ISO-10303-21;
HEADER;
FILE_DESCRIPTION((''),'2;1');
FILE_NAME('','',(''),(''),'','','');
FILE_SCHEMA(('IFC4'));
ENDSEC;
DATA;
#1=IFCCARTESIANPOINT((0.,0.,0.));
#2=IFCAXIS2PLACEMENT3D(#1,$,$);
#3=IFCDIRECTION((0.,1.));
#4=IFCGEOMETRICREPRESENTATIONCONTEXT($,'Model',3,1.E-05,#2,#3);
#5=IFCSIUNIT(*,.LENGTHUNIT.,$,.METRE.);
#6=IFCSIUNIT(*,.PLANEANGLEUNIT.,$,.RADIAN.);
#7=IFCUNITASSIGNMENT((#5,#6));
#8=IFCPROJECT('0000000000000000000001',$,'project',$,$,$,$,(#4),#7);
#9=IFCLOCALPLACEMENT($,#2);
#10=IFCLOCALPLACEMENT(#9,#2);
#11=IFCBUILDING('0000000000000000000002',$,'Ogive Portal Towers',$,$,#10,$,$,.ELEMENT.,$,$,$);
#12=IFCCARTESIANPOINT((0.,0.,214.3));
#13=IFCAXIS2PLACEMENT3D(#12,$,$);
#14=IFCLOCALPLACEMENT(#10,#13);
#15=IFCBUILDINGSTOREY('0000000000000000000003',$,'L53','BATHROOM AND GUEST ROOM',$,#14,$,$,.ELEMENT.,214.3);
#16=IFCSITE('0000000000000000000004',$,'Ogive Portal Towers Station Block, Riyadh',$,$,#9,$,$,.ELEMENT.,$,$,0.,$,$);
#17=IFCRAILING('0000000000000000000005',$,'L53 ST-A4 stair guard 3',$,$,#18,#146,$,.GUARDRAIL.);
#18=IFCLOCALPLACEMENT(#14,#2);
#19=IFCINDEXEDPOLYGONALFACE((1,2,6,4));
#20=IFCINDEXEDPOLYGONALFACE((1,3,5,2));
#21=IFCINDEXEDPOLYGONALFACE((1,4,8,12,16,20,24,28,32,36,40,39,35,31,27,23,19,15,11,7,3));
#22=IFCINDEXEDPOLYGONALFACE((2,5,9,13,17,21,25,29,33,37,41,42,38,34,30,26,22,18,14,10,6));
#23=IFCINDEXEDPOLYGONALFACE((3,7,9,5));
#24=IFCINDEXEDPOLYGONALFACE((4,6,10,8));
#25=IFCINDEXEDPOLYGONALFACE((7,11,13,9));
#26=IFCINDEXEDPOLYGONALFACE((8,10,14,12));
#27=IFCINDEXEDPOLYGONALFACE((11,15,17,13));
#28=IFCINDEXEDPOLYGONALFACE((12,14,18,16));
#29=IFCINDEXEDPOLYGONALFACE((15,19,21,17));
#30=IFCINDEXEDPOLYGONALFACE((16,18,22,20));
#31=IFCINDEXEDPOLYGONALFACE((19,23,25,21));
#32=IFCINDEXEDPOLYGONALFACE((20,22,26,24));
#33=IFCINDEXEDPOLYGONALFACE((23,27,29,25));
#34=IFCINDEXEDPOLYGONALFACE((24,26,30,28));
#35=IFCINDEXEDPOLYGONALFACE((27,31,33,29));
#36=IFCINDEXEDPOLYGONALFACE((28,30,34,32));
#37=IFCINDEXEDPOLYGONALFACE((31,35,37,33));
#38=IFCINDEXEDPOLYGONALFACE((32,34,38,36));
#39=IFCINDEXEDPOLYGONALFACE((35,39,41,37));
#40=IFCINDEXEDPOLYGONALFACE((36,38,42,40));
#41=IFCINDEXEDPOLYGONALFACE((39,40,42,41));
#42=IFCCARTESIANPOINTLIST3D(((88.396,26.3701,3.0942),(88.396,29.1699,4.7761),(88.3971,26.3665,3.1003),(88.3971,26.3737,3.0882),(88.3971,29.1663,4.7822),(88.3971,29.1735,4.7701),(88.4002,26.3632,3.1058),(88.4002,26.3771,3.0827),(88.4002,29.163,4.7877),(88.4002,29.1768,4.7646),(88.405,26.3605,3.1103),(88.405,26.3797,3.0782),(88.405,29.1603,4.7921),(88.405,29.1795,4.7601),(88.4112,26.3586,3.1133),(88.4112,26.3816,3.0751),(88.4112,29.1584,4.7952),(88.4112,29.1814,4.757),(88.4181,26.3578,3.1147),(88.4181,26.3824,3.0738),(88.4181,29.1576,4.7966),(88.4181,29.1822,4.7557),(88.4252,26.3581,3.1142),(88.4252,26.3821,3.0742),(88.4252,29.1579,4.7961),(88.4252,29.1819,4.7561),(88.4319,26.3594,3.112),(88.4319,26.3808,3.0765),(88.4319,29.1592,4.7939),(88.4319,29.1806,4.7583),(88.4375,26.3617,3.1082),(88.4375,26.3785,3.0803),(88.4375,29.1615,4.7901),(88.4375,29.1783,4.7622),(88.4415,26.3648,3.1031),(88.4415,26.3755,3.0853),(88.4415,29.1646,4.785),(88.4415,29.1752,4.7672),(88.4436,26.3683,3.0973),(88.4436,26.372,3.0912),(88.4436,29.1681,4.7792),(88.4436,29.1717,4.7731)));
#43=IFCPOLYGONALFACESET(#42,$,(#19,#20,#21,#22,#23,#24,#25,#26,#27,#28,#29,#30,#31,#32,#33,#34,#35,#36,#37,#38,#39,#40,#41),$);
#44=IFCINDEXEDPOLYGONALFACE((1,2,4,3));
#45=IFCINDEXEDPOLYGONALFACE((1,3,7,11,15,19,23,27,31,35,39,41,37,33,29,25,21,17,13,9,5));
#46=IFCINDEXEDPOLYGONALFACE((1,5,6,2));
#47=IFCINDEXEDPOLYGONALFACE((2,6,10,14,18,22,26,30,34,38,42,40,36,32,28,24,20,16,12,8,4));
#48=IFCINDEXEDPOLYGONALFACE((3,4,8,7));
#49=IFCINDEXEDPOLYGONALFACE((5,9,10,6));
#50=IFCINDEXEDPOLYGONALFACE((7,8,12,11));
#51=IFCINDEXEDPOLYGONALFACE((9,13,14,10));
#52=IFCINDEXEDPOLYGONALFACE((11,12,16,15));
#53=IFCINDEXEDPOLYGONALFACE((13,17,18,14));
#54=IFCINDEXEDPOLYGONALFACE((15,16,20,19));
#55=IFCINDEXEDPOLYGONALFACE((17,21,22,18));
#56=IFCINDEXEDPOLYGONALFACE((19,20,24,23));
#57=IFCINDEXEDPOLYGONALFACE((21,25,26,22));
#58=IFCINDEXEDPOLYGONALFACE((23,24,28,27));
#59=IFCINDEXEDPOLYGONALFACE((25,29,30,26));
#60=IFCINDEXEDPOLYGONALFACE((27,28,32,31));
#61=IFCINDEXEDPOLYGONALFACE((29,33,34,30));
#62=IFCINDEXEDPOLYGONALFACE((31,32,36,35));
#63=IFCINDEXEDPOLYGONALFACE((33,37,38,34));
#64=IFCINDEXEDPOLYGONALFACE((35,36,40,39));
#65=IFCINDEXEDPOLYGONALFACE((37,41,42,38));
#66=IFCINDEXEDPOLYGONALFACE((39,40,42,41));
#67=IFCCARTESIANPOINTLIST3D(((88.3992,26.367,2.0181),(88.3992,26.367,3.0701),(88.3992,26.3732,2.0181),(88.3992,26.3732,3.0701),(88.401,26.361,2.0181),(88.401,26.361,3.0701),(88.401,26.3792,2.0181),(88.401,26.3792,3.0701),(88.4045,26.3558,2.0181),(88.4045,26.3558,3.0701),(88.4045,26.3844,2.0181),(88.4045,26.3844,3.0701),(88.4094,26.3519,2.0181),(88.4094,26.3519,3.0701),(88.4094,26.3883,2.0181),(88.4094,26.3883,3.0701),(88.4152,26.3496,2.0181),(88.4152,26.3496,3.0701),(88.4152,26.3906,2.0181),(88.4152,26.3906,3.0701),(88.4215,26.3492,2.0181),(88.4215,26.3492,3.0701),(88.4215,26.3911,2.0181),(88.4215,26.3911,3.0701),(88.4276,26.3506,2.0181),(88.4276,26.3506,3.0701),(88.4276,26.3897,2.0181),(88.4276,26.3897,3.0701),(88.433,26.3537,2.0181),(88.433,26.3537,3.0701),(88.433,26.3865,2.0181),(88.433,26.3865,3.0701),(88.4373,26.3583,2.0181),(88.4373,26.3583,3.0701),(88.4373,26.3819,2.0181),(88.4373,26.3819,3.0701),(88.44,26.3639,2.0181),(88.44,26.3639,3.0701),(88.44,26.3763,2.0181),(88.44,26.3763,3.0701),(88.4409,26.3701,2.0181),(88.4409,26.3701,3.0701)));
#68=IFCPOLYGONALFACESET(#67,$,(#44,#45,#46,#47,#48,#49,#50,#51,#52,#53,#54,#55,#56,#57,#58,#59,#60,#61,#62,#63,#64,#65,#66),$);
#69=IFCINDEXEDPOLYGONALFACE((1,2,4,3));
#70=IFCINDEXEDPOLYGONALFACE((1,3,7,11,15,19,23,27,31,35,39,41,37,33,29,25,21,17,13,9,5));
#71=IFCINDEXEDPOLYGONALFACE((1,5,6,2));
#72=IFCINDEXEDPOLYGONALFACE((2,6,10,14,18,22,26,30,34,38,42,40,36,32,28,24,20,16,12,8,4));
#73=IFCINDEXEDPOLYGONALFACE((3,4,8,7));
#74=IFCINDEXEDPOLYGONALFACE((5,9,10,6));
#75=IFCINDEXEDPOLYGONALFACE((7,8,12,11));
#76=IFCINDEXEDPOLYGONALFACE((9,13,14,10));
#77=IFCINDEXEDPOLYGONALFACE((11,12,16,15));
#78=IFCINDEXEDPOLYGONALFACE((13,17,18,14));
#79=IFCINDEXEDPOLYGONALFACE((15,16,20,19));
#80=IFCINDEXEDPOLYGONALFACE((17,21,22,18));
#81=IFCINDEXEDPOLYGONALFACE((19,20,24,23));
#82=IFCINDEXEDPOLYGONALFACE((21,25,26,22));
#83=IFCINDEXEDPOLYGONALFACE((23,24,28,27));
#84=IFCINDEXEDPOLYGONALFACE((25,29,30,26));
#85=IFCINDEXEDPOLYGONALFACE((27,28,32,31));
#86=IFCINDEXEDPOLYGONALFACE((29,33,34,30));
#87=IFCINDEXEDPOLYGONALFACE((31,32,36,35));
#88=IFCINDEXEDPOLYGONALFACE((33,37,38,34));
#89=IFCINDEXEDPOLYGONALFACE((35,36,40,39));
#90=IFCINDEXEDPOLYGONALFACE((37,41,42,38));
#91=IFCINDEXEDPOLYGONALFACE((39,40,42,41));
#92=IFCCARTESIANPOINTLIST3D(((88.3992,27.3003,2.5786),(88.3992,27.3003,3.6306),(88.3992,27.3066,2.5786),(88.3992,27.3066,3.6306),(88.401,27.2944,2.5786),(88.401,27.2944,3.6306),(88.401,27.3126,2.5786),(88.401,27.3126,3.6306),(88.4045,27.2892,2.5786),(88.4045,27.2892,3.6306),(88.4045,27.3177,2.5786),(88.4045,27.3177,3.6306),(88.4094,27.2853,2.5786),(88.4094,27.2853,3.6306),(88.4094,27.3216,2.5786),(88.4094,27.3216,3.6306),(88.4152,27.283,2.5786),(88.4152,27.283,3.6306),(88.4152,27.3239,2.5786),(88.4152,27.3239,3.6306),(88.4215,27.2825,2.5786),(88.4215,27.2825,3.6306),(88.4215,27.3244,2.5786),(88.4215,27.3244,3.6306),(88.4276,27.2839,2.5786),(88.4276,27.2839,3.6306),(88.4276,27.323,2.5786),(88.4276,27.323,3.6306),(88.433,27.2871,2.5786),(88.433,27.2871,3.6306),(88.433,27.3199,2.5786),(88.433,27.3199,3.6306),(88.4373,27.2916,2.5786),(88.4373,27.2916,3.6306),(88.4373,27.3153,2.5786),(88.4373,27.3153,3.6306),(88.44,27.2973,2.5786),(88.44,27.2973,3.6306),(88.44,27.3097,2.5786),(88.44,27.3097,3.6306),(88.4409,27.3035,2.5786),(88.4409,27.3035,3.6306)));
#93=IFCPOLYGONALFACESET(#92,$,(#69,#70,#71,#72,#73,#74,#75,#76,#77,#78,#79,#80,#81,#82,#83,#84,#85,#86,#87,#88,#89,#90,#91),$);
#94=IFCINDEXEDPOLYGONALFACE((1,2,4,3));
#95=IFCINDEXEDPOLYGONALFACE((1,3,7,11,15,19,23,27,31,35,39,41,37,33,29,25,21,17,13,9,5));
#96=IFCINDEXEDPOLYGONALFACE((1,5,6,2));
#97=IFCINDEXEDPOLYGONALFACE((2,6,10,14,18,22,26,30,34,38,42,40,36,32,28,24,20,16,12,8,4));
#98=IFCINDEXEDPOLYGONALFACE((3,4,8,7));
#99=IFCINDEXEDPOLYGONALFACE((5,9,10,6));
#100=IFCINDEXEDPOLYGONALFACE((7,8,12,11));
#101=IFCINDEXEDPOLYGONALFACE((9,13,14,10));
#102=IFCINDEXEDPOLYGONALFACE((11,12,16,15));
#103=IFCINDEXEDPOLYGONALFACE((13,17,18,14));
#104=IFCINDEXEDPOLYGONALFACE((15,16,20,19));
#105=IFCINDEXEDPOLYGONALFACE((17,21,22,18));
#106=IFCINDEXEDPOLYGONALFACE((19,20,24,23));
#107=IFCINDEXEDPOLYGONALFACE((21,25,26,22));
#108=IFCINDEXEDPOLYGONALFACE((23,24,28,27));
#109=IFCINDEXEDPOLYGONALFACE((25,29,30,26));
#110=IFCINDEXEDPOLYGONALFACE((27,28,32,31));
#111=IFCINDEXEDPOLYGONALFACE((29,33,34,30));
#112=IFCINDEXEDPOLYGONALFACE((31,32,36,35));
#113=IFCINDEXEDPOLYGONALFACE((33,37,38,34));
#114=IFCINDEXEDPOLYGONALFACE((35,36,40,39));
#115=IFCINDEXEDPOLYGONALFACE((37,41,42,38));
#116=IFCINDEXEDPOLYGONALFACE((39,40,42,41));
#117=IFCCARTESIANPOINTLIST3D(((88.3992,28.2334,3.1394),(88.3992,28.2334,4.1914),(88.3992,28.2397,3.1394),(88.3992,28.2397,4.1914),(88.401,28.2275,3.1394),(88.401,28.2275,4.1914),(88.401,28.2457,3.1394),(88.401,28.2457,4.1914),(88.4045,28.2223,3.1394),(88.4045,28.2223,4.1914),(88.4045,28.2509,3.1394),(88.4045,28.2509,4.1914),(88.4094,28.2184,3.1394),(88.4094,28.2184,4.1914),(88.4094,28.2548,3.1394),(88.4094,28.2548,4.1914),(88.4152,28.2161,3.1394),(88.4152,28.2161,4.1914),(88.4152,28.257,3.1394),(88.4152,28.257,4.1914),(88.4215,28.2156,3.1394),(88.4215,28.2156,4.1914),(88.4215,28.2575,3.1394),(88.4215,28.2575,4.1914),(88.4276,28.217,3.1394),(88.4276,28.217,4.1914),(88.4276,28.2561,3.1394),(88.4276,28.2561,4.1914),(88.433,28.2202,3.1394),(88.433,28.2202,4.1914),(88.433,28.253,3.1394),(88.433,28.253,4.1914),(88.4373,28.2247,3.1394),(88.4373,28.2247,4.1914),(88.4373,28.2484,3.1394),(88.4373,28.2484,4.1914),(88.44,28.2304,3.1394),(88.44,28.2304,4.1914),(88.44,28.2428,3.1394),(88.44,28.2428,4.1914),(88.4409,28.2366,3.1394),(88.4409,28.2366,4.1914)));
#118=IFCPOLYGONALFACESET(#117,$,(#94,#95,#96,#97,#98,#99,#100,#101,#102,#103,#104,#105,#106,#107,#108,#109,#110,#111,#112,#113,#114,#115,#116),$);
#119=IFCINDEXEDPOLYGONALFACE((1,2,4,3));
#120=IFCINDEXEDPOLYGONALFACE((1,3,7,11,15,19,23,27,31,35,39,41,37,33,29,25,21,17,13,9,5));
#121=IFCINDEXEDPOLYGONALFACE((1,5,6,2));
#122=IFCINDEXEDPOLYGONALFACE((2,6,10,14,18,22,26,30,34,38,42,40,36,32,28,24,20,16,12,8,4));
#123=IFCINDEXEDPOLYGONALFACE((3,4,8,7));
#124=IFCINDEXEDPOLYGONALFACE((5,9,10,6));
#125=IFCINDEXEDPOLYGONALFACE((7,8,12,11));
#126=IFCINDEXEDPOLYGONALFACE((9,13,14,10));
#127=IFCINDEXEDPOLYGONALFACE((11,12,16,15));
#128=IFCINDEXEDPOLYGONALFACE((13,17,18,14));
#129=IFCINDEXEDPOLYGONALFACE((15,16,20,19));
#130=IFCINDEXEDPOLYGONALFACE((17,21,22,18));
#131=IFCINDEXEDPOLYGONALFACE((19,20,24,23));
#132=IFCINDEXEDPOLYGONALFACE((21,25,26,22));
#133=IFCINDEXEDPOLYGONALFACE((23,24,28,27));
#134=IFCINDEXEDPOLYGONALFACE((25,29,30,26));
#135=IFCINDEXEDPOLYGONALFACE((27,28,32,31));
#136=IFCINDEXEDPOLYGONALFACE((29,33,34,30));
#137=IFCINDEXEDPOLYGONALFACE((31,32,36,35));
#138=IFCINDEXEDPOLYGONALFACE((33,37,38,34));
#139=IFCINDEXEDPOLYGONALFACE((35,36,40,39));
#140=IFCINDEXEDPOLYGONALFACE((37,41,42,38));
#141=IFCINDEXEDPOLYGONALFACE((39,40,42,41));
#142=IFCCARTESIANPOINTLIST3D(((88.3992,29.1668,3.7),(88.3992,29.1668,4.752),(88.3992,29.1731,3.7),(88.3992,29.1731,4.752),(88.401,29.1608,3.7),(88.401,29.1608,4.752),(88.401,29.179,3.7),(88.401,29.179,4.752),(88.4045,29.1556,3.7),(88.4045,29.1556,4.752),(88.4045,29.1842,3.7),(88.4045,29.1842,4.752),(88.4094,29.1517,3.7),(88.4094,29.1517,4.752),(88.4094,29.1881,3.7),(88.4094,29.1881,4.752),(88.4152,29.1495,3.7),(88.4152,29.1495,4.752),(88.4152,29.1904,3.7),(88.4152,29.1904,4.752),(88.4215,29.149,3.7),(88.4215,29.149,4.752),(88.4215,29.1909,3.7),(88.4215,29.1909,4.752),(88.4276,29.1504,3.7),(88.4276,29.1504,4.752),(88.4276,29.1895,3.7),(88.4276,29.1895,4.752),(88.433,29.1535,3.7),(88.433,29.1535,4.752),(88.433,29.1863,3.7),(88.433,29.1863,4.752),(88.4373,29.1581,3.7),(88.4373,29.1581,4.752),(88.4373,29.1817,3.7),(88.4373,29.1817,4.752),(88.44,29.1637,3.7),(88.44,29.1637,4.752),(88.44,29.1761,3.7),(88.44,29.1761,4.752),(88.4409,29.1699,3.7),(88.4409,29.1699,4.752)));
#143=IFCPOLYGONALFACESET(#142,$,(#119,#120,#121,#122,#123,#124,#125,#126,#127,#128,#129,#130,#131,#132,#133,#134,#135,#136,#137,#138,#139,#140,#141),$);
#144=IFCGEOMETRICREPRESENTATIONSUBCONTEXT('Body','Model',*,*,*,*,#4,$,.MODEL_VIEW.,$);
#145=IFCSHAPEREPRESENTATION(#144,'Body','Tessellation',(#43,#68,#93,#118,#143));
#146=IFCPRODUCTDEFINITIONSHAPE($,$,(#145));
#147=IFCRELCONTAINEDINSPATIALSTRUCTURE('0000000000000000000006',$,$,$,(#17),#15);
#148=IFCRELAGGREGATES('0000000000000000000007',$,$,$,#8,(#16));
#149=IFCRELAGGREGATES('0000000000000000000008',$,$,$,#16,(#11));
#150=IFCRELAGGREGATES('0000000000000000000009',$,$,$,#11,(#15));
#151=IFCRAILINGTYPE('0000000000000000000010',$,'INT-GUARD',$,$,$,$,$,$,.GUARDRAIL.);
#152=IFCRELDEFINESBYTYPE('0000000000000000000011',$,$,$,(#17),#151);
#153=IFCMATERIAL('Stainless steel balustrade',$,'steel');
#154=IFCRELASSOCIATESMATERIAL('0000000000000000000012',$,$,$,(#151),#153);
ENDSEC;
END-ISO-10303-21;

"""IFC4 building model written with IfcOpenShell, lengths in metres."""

from ifc_helpers import new_model, si_unit, direction, frame, origin, origin_2d, place, context, subcontext, project, spatial, circle, extrude, material, type_object, element, save


model = new_model("IFC4")

# Units and contexts
model_context = context("Model", 3, precision=1e-05, world=origin(), true_north=direction((0.0, 1.0)))
body_context = subcontext(model_context, "Body", "Model", "MODEL_VIEW")
ifc_project = project(units=[si_unit("LENGTHUNIT", "METRE"), si_unit("PLANEANGLEUNIT", "RADIAN")], contexts=[model_context])

# Site, building, storey
site_placement = place(None, origin())
site = spatial("IfcSite", under=ifc_project, at=site_placement, Name="Ogive Portal Towers Station Block, Riyadh", CompositionType="ELEMENT", RefElevation=0.0)
building_placement = place(site_placement, origin())
building = spatial("IfcBuilding", under=site, at=building_placement, Name="Ogive Portal Towers", CompositionType="ELEMENT")
storey_placement = place(building_placement, frame((0.0, 0.0, 214.3)))
storey = spatial("IfcBuildingStorey", under=building, at=storey_placement, Name="L53", Description="BATHROOM AND GUEST ROOM", CompositionType="ELEMENT", Elevation=214.3)

# Railing
ifc_material_1 = material(Name="Stainless steel balustrade", Category="steel")
railing_type_1 = type_object("IfcRailingType", Name="INT-GUARD", PredefinedType="GUARDRAIL", material=ifc_material_1)
railing_1_placement = place(storey_placement, frame((88.4199, 26.3701, 2.0181)))
element("IfcRailing", 1, at=railing_1_placement, inside=storey, type_object=railing_type_1, Name="L53 ST-A4 stair guard 3", PredefinedType="GUARDRAIL", context=body_context, shape_type="SweptSolid", body=[
    extrude(circle(Radius=0.0239, at=origin_2d()), frame((0.0, 0.0, 1.0762), z_axis=(0.0, 0.857222, 0.514946), x_axis=(-1.0, 0.0, 0.0)), (0.0, 0.0, 1.0), 3.2661),
    extrude(circle(Radius=0.021, at=origin_2d()), origin(), (0.0, 0.0, 1.0), 1.052),
    extrude(circle(Radius=0.021, at=origin_2d()), frame((0.0, 0.9333, 0.5605)), (0.0, 0.0, 1.0), 1.052),
    extrude(circle(Radius=0.021, at=origin_2d()), frame((0.0, 1.8665, 1.1213)), (0.0, 0.0, 1.0), 1.052),
    extrude(circle(Radius=0.021, at=origin_2d()), frame((0.0, 2.7998, 1.6819)), (0.0, 0.0, 1.0), 1.052),
])

save(model, "model.ifc")
